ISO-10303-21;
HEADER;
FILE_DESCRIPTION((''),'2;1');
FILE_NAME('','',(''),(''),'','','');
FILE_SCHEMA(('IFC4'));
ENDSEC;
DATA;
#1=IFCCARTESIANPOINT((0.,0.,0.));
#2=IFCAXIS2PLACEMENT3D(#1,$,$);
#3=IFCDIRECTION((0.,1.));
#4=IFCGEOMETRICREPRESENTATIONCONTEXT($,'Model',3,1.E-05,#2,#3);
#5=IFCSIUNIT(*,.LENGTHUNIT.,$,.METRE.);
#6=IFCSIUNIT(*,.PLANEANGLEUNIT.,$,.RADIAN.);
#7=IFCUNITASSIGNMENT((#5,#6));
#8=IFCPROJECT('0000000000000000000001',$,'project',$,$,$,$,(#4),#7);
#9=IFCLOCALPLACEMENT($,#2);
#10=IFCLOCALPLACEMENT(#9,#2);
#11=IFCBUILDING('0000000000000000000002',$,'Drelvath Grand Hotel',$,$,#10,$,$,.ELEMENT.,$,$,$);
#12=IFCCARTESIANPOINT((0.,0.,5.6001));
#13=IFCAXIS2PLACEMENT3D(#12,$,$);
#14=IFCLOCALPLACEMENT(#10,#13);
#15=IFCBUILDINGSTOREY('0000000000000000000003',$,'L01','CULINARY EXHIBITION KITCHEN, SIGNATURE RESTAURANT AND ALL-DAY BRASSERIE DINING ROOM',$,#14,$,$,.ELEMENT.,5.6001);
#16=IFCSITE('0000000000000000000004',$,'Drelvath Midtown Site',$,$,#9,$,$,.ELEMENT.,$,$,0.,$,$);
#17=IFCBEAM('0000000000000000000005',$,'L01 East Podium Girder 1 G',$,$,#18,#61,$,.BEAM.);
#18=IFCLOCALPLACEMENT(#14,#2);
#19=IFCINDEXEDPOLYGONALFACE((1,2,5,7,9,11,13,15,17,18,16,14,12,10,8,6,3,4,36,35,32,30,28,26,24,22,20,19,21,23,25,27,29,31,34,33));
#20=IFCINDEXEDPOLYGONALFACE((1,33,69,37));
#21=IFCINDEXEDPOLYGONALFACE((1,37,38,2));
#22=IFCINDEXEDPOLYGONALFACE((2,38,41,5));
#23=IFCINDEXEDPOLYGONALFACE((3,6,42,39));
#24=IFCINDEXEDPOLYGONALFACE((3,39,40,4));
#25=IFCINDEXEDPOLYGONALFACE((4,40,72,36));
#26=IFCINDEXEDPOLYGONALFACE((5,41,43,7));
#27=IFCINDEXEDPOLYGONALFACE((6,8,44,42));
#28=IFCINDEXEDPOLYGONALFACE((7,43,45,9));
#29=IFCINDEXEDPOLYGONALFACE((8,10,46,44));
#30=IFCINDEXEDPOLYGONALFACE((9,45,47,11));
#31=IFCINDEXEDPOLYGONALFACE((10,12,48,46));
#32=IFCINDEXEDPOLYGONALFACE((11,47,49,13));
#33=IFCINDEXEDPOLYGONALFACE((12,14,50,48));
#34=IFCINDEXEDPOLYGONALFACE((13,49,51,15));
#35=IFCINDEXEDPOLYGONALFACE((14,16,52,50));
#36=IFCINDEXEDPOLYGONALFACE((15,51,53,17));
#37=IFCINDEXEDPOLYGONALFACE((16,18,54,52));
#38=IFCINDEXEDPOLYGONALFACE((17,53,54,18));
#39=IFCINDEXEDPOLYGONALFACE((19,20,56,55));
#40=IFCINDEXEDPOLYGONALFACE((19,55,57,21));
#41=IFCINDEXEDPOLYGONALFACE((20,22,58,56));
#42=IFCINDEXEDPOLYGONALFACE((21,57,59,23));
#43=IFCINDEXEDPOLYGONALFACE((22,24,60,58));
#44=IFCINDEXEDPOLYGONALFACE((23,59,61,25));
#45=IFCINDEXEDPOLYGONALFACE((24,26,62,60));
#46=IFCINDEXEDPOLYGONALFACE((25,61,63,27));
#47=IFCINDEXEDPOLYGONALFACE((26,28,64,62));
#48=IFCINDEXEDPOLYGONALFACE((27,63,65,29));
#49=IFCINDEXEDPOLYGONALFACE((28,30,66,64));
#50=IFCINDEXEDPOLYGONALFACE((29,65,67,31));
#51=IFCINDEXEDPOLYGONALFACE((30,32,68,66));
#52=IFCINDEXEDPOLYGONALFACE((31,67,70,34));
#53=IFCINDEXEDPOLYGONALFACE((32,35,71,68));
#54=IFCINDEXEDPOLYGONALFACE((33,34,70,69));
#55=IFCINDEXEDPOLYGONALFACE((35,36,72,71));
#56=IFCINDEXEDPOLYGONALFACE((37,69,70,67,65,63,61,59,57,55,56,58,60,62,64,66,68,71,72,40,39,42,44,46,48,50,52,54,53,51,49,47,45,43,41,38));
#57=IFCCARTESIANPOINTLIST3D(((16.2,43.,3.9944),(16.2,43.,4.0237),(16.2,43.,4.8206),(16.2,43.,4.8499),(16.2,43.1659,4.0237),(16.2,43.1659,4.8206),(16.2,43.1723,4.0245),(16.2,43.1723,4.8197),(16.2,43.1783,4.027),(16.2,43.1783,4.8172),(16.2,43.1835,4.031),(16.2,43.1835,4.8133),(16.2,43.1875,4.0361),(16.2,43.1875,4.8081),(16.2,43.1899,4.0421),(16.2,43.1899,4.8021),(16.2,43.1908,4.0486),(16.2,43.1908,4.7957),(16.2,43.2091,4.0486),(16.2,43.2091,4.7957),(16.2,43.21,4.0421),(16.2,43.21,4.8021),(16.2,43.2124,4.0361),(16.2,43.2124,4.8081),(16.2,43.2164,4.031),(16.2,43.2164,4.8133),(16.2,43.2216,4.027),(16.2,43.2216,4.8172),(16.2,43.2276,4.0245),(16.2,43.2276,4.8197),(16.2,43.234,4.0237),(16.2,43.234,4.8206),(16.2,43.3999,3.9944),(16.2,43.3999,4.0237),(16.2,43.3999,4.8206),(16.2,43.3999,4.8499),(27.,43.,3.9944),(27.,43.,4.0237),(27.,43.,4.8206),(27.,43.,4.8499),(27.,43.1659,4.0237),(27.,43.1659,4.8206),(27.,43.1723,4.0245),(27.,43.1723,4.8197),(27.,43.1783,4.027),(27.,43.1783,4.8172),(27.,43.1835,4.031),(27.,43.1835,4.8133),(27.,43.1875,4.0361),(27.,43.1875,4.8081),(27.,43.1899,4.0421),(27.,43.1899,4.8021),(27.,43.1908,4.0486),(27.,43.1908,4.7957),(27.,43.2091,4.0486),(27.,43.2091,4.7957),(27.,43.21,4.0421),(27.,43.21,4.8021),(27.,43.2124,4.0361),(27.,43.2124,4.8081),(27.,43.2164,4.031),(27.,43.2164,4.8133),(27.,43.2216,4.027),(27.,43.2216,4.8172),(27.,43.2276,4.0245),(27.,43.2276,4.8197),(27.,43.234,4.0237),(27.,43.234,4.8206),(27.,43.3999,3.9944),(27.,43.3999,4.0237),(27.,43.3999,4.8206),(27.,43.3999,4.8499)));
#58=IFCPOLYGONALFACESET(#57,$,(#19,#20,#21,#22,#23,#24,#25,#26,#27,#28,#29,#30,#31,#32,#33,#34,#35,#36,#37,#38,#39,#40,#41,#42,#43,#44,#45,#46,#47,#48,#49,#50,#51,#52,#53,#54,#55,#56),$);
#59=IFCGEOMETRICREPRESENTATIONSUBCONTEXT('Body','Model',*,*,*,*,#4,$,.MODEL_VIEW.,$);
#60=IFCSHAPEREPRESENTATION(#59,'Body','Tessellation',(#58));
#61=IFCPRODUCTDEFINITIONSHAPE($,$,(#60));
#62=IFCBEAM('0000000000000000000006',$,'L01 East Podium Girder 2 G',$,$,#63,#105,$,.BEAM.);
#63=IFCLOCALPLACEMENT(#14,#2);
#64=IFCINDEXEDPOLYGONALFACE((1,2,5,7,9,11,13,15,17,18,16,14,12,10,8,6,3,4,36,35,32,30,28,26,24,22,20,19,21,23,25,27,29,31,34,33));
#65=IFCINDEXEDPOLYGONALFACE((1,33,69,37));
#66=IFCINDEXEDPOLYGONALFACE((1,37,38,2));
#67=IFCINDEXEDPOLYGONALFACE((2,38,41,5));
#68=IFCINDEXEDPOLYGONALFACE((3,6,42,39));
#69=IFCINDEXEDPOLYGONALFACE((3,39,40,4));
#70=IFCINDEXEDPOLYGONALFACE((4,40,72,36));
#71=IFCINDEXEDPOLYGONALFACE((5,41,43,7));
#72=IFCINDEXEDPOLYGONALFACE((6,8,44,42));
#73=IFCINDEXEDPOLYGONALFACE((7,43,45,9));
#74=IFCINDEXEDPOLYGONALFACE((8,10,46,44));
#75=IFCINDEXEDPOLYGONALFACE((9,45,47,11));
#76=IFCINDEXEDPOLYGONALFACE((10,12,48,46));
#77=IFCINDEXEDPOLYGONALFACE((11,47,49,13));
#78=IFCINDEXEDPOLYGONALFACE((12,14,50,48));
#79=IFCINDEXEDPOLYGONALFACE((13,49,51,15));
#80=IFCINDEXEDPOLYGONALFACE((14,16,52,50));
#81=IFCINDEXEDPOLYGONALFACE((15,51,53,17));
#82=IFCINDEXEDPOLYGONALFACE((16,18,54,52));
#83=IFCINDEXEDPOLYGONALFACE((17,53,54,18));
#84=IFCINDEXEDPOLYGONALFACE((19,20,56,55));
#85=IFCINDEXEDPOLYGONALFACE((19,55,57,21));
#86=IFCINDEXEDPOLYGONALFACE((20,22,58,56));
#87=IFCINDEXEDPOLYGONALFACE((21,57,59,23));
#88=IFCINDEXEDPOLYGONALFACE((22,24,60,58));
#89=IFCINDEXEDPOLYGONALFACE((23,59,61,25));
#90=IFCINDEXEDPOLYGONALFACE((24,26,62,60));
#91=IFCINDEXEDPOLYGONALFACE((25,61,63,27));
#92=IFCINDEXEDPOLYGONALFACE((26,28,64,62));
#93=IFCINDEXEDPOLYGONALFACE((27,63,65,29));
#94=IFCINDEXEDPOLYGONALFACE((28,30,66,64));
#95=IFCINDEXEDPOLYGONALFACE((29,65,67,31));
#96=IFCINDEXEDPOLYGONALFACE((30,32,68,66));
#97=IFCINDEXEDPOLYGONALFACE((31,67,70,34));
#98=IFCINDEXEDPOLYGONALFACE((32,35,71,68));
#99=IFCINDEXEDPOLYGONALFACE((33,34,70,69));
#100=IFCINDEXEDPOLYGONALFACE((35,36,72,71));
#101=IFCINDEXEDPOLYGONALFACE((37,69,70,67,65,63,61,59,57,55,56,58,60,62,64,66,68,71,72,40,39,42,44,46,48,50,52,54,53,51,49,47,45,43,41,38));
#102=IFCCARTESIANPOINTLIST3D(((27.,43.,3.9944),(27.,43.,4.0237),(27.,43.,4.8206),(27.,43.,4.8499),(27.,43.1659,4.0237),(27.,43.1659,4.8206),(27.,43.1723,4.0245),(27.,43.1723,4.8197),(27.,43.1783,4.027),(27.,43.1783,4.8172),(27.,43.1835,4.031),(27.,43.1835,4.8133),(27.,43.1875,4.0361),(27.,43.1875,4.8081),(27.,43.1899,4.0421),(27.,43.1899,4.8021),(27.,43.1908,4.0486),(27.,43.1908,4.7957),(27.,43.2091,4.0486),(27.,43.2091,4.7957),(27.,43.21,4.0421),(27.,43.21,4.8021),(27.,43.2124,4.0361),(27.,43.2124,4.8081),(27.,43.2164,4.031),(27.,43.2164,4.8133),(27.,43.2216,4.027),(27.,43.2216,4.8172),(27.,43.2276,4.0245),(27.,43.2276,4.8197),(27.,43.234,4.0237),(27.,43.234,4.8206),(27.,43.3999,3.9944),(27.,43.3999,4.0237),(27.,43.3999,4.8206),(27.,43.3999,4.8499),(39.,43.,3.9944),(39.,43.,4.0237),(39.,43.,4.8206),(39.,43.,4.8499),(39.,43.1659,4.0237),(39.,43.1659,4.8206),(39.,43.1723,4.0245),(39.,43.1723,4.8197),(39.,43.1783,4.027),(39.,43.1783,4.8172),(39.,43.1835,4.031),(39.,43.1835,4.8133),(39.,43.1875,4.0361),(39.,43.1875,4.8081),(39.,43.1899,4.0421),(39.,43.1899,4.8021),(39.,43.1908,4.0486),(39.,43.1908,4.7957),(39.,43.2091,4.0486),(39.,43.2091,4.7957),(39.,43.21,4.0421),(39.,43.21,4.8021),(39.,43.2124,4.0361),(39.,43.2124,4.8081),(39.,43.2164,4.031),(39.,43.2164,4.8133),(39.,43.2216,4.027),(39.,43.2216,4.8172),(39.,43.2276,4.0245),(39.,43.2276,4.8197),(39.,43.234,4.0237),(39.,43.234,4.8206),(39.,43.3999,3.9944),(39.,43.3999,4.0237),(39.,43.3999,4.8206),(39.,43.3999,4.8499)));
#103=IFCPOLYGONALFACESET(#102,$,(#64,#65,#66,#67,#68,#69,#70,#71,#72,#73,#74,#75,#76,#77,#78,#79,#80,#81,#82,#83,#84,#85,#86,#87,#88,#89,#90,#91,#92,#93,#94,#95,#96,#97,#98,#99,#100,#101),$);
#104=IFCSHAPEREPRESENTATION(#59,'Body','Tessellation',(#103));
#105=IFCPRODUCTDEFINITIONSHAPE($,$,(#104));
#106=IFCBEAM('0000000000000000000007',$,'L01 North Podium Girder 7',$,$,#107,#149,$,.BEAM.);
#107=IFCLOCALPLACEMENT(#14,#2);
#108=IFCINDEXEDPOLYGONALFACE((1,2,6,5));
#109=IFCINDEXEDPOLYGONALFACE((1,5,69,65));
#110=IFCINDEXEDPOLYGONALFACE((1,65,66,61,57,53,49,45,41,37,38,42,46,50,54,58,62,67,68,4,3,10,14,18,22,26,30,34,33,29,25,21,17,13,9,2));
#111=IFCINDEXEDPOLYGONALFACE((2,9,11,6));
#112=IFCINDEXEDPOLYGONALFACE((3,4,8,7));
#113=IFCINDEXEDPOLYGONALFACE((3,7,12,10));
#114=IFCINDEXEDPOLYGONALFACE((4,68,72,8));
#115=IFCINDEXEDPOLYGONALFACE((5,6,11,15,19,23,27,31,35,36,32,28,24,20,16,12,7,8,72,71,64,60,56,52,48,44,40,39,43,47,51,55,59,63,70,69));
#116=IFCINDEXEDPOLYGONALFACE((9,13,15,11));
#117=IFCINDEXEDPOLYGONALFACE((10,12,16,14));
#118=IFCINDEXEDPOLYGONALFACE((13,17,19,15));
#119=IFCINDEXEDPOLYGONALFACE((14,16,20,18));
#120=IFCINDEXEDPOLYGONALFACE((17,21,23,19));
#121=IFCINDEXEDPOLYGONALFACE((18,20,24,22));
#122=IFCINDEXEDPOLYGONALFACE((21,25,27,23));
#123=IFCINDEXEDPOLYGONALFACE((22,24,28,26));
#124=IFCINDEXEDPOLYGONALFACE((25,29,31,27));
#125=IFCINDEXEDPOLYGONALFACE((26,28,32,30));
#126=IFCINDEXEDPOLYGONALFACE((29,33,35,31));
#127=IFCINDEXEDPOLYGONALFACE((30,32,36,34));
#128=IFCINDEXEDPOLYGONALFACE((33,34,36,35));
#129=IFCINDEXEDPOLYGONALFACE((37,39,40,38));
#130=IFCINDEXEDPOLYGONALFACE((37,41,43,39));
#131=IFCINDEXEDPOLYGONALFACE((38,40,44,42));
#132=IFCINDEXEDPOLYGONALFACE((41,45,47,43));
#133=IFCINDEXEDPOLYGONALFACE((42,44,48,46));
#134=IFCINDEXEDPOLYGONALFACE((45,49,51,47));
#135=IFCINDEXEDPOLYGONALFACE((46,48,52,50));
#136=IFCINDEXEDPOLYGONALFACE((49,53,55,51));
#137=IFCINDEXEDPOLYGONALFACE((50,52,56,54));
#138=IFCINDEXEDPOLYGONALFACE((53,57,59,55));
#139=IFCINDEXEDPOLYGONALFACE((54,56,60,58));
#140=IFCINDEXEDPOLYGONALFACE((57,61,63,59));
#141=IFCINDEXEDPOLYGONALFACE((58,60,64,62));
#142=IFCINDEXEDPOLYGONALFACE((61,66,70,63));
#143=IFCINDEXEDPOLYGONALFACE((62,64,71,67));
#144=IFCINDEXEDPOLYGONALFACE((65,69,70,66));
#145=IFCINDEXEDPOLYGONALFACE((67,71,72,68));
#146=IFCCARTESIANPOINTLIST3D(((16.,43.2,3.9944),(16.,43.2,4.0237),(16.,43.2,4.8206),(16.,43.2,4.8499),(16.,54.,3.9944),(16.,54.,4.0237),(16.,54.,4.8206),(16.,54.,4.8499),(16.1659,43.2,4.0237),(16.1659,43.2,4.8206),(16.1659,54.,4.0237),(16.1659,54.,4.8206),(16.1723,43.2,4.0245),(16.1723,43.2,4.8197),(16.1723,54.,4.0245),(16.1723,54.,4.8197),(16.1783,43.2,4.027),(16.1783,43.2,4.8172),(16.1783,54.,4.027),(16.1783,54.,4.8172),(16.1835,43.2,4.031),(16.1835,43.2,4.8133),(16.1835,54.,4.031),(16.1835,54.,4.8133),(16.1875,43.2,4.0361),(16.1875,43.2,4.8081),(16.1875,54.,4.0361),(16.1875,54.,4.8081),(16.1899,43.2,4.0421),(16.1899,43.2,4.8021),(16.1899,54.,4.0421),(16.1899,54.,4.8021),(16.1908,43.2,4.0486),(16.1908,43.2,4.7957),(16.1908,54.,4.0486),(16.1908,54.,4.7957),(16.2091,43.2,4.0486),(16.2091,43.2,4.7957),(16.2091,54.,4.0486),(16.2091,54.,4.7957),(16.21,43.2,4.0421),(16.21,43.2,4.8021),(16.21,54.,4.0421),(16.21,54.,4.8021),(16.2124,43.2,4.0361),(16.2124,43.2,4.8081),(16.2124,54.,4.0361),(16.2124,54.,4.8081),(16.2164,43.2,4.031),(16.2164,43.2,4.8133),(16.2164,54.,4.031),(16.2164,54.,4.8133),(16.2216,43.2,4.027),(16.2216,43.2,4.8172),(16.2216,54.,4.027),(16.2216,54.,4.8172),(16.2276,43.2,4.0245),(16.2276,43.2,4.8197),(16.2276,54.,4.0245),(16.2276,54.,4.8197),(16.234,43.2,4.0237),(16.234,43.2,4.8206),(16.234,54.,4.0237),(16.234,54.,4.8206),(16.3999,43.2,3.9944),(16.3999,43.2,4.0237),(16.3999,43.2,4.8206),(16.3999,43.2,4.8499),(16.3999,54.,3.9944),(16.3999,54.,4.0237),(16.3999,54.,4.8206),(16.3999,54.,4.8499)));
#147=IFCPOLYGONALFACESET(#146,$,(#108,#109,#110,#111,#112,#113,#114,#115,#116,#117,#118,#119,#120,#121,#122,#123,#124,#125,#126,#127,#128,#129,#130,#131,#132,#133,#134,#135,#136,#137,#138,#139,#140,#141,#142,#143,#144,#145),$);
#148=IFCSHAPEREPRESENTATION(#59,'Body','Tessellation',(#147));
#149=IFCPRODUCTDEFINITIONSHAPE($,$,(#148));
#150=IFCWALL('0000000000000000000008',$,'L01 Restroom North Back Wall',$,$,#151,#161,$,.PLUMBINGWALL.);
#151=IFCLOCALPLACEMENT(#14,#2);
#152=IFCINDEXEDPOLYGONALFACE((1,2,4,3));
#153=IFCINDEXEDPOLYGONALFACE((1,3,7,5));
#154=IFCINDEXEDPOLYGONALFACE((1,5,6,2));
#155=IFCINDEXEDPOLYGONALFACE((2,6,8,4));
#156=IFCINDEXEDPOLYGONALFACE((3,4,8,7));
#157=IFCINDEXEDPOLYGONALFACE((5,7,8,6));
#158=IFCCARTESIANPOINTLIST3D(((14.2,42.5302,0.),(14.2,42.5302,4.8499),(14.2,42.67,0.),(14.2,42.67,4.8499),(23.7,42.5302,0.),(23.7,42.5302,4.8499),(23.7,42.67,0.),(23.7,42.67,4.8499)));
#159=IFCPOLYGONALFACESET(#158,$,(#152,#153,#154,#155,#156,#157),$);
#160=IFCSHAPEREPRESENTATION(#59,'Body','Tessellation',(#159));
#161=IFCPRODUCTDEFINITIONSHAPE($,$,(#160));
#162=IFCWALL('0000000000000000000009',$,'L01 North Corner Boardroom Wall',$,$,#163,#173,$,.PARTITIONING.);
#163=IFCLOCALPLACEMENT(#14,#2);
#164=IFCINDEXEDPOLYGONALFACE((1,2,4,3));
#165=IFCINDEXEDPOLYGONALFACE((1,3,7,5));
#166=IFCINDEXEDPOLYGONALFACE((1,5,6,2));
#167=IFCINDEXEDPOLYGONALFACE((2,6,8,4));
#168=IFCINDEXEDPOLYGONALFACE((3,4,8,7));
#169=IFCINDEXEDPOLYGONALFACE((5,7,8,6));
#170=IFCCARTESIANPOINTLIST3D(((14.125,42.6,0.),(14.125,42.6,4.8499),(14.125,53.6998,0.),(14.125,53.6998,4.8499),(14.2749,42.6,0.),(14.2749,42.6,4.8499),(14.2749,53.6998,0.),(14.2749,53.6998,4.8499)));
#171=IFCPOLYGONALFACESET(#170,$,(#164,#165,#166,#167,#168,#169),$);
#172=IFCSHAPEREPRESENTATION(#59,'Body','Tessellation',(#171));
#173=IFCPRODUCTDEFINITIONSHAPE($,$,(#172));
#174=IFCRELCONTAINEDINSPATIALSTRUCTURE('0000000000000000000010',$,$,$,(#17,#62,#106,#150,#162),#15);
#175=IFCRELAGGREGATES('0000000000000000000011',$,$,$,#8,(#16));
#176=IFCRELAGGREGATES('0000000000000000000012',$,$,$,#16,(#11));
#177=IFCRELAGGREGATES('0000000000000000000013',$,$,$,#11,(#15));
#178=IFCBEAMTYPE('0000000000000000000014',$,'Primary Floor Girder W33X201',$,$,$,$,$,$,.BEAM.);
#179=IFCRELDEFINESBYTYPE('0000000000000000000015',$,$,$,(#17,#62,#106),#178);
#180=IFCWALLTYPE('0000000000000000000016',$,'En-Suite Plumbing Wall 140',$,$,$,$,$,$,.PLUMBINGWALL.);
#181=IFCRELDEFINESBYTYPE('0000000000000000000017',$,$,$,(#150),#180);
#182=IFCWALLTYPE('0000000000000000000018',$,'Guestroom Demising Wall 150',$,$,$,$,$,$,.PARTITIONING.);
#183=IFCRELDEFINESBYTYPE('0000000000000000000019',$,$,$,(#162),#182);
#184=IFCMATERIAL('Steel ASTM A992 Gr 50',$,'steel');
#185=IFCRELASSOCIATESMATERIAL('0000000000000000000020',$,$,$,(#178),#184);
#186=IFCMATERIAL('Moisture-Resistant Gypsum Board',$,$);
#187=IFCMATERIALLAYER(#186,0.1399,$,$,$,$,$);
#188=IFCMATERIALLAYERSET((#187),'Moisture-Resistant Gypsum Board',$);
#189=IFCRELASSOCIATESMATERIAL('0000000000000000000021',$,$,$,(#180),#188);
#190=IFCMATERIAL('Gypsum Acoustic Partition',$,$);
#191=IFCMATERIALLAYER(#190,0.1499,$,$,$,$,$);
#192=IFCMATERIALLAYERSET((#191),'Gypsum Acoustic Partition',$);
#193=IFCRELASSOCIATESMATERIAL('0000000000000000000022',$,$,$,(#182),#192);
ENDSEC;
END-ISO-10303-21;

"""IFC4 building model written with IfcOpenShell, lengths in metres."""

from ifc_helpers import new_model, si_unit, direction, frame, frame_2d, origin, origin_2d, place, context, subcontext, project, spatial, rectangle, i_section, extrude, material, layer, layer_set, material_profile, profile_set, type_object, element, save


model = new_model("IFC4")

# Units and contexts
model_context = context("Model", 3, precision=1e-05, world=origin(), true_north=direction((0.0, 1.0)))
body_context = subcontext(model_context, "Body", "Model", "MODEL_VIEW")
ifc_project = project(units=[si_unit("LENGTHUNIT", "METRE"), si_unit("PLANEANGLEUNIT", "RADIAN")], contexts=[model_context])

# Site, building, storey
site_placement = place(None, origin())
site = spatial("IfcSite", under=ifc_project, at=site_placement, Name="Drelvath Midtown Site", CompositionType="ELEMENT", RefElevation=0.0)
building_placement = place(site_placement, origin())
building = spatial("IfcBuilding", under=site, at=building_placement, Name="Drelvath Grand Hotel", CompositionType="ELEMENT")
storey_placement = place(building_placement, frame((0.0, 0.0, 5.6001)))
storey = spatial("IfcBuildingStorey", under=building, at=storey_placement, Name="L01", Description="CULINARY EXHIBITION KITCHEN, SIGNATURE RESTAURANT AND ALL-DAY BRASSERIE DINING ROOM", CompositionType="ELEMENT", Elevation=5.6001)

# Beams
ifc_material_1 = material(Name="Steel ASTM A992 Gr 50", Category="steel")
ifc_material_profile_1 = material_profile(ifc_material_1, i_section(OverallWidth=0.3999, OverallDepth=0.8555, WebThickness=0.0183, FlangeThickness=0.0293, FilletRadius=0.0249, at=origin_2d()), Name="W33X201")
ifc_profile_set_1 = profile_set([ifc_material_profile_1], Name="Steel ASTM A992 Gr 50")
beam_type_1 = type_object("IfcBeamType", Name="Primary Floor Girder W33X201", PredefinedType="BEAM", material=ifc_profile_set_1)
beam_1_placement = place(storey_placement, frame((16.2, 43.2, 4.4221), z_axis=(1.0, 0.0, 0.0), x_axis=(0.0, 1.0, 0.0)))
element("IfcBeam", 1, at=beam_1_placement, inside=storey, type_object=beam_type_1, Name="L01 East Podium Girder 1 G", PredefinedType="BEAM", context=body_context, shape_type="SweptSolid", body=[
    extrude(i_section(OverallWidth=0.3999, OverallDepth=0.8555, WebThickness=0.0183, FlangeThickness=0.0293, FilletRadius=0.0249, at=origin_2d()), origin(), (0.0, 0.0, 1.0), 10.8),
])
beam_2_placement = place(storey_placement, frame((27.0, 43.2, 4.4221), z_axis=(1.0, 0.0, 0.0), x_axis=(0.0, 1.0, 0.0)))
element("IfcBeam", 2, at=beam_2_placement, inside=storey, type_object=beam_type_1, Name="L01 East Podium Girder 2 G", PredefinedType="BEAM", context=body_context, shape_type="SweptSolid", body=[
    extrude(i_section(OverallWidth=0.3999, OverallDepth=0.8555, WebThickness=0.0183, FlangeThickness=0.0293, FilletRadius=0.0249, at=origin_2d()), origin(), (0.0, 0.0, 1.0), 12.0),
])
beam_3_placement = place(storey_placement, frame((16.2, 43.2, 4.4221), z_axis=(0.0, 1.0, 0.0), x_axis=(-1.0, 0.0, 0.0)))
element("IfcBeam", 3, at=beam_3_placement, inside=storey, type_object=beam_type_1, Name="L01 North Podium Girder 7", PredefinedType="BEAM", context=body_context, shape_type="SweptSolid", body=[
    extrude(i_section(OverallWidth=0.3999, OverallDepth=0.8555, WebThickness=0.0183, FlangeThickness=0.0293, FilletRadius=0.0249, at=origin_2d()), origin(), (0.0, 0.0, 1.0), 10.8),
])

# Walls
ifc_material_2 = material(Name="Moisture-Resistant Gypsum Board")
ifc_layer_1 = layer(ifc_material_2, 0.1399)
ifc_layer_set_1 = layer_set([ifc_layer_1], Name="Moisture-Resistant Gypsum Board")
wall_type_1 = type_object("IfcWallType", Name="En-Suite Plumbing Wall 140", PredefinedType="PLUMBINGWALL", material=ifc_layer_set_1)
wall_1_placement = place(storey_placement, frame((14.2, 42.6001, 0.0), z_axis=(0.0, 0.0, 1.0), x_axis=(1.0, 0.0, 0.0)))
element("IfcWall", 4, at=wall_1_placement, inside=storey, type_object=wall_type_1, Name="L01 Restroom North Back Wall", PredefinedType="PLUMBINGWALL", context=body_context, shape_type="SweptSolid", body=[
    extrude(rectangle(XDim=9.5, YDim=0.1399, at=frame_2d((4.75, 0.0))), origin(), (0.0, 0.0, 1.0), 4.8499),
])
ifc_material_3 = material(Name="Gypsum Acoustic Partition")
ifc_layer_2 = layer(ifc_material_3, 0.1499)
ifc_layer_set_2 = layer_set([ifc_layer_2], Name="Gypsum Acoustic Partition")
wall_type_2 = type_object("IfcWallType", Name="Guestroom Demising Wall 150", PredefinedType="PARTITIONING", material=ifc_layer_set_2)
wall_2_placement = place(storey_placement, frame((14.2, 42.6001, 0.0), z_axis=(0.0, 0.0, 1.0), x_axis=(0.0, 1.0, 0.0)))
element("IfcWall", 5, at=wall_2_placement, inside=storey, type_object=wall_type_2, Name="L01 North Corner Boardroom Wall", PredefinedType="PARTITIONING", context=body_context, shape_type="SweptSolid", body=[
    extrude(rectangle(XDim=11.0999, YDim=0.1499, at=frame_2d((5.5498, 0.0))), origin(), (0.0, 0.0, 1.0), 4.8499),
])

save(model, "model.ifc")
